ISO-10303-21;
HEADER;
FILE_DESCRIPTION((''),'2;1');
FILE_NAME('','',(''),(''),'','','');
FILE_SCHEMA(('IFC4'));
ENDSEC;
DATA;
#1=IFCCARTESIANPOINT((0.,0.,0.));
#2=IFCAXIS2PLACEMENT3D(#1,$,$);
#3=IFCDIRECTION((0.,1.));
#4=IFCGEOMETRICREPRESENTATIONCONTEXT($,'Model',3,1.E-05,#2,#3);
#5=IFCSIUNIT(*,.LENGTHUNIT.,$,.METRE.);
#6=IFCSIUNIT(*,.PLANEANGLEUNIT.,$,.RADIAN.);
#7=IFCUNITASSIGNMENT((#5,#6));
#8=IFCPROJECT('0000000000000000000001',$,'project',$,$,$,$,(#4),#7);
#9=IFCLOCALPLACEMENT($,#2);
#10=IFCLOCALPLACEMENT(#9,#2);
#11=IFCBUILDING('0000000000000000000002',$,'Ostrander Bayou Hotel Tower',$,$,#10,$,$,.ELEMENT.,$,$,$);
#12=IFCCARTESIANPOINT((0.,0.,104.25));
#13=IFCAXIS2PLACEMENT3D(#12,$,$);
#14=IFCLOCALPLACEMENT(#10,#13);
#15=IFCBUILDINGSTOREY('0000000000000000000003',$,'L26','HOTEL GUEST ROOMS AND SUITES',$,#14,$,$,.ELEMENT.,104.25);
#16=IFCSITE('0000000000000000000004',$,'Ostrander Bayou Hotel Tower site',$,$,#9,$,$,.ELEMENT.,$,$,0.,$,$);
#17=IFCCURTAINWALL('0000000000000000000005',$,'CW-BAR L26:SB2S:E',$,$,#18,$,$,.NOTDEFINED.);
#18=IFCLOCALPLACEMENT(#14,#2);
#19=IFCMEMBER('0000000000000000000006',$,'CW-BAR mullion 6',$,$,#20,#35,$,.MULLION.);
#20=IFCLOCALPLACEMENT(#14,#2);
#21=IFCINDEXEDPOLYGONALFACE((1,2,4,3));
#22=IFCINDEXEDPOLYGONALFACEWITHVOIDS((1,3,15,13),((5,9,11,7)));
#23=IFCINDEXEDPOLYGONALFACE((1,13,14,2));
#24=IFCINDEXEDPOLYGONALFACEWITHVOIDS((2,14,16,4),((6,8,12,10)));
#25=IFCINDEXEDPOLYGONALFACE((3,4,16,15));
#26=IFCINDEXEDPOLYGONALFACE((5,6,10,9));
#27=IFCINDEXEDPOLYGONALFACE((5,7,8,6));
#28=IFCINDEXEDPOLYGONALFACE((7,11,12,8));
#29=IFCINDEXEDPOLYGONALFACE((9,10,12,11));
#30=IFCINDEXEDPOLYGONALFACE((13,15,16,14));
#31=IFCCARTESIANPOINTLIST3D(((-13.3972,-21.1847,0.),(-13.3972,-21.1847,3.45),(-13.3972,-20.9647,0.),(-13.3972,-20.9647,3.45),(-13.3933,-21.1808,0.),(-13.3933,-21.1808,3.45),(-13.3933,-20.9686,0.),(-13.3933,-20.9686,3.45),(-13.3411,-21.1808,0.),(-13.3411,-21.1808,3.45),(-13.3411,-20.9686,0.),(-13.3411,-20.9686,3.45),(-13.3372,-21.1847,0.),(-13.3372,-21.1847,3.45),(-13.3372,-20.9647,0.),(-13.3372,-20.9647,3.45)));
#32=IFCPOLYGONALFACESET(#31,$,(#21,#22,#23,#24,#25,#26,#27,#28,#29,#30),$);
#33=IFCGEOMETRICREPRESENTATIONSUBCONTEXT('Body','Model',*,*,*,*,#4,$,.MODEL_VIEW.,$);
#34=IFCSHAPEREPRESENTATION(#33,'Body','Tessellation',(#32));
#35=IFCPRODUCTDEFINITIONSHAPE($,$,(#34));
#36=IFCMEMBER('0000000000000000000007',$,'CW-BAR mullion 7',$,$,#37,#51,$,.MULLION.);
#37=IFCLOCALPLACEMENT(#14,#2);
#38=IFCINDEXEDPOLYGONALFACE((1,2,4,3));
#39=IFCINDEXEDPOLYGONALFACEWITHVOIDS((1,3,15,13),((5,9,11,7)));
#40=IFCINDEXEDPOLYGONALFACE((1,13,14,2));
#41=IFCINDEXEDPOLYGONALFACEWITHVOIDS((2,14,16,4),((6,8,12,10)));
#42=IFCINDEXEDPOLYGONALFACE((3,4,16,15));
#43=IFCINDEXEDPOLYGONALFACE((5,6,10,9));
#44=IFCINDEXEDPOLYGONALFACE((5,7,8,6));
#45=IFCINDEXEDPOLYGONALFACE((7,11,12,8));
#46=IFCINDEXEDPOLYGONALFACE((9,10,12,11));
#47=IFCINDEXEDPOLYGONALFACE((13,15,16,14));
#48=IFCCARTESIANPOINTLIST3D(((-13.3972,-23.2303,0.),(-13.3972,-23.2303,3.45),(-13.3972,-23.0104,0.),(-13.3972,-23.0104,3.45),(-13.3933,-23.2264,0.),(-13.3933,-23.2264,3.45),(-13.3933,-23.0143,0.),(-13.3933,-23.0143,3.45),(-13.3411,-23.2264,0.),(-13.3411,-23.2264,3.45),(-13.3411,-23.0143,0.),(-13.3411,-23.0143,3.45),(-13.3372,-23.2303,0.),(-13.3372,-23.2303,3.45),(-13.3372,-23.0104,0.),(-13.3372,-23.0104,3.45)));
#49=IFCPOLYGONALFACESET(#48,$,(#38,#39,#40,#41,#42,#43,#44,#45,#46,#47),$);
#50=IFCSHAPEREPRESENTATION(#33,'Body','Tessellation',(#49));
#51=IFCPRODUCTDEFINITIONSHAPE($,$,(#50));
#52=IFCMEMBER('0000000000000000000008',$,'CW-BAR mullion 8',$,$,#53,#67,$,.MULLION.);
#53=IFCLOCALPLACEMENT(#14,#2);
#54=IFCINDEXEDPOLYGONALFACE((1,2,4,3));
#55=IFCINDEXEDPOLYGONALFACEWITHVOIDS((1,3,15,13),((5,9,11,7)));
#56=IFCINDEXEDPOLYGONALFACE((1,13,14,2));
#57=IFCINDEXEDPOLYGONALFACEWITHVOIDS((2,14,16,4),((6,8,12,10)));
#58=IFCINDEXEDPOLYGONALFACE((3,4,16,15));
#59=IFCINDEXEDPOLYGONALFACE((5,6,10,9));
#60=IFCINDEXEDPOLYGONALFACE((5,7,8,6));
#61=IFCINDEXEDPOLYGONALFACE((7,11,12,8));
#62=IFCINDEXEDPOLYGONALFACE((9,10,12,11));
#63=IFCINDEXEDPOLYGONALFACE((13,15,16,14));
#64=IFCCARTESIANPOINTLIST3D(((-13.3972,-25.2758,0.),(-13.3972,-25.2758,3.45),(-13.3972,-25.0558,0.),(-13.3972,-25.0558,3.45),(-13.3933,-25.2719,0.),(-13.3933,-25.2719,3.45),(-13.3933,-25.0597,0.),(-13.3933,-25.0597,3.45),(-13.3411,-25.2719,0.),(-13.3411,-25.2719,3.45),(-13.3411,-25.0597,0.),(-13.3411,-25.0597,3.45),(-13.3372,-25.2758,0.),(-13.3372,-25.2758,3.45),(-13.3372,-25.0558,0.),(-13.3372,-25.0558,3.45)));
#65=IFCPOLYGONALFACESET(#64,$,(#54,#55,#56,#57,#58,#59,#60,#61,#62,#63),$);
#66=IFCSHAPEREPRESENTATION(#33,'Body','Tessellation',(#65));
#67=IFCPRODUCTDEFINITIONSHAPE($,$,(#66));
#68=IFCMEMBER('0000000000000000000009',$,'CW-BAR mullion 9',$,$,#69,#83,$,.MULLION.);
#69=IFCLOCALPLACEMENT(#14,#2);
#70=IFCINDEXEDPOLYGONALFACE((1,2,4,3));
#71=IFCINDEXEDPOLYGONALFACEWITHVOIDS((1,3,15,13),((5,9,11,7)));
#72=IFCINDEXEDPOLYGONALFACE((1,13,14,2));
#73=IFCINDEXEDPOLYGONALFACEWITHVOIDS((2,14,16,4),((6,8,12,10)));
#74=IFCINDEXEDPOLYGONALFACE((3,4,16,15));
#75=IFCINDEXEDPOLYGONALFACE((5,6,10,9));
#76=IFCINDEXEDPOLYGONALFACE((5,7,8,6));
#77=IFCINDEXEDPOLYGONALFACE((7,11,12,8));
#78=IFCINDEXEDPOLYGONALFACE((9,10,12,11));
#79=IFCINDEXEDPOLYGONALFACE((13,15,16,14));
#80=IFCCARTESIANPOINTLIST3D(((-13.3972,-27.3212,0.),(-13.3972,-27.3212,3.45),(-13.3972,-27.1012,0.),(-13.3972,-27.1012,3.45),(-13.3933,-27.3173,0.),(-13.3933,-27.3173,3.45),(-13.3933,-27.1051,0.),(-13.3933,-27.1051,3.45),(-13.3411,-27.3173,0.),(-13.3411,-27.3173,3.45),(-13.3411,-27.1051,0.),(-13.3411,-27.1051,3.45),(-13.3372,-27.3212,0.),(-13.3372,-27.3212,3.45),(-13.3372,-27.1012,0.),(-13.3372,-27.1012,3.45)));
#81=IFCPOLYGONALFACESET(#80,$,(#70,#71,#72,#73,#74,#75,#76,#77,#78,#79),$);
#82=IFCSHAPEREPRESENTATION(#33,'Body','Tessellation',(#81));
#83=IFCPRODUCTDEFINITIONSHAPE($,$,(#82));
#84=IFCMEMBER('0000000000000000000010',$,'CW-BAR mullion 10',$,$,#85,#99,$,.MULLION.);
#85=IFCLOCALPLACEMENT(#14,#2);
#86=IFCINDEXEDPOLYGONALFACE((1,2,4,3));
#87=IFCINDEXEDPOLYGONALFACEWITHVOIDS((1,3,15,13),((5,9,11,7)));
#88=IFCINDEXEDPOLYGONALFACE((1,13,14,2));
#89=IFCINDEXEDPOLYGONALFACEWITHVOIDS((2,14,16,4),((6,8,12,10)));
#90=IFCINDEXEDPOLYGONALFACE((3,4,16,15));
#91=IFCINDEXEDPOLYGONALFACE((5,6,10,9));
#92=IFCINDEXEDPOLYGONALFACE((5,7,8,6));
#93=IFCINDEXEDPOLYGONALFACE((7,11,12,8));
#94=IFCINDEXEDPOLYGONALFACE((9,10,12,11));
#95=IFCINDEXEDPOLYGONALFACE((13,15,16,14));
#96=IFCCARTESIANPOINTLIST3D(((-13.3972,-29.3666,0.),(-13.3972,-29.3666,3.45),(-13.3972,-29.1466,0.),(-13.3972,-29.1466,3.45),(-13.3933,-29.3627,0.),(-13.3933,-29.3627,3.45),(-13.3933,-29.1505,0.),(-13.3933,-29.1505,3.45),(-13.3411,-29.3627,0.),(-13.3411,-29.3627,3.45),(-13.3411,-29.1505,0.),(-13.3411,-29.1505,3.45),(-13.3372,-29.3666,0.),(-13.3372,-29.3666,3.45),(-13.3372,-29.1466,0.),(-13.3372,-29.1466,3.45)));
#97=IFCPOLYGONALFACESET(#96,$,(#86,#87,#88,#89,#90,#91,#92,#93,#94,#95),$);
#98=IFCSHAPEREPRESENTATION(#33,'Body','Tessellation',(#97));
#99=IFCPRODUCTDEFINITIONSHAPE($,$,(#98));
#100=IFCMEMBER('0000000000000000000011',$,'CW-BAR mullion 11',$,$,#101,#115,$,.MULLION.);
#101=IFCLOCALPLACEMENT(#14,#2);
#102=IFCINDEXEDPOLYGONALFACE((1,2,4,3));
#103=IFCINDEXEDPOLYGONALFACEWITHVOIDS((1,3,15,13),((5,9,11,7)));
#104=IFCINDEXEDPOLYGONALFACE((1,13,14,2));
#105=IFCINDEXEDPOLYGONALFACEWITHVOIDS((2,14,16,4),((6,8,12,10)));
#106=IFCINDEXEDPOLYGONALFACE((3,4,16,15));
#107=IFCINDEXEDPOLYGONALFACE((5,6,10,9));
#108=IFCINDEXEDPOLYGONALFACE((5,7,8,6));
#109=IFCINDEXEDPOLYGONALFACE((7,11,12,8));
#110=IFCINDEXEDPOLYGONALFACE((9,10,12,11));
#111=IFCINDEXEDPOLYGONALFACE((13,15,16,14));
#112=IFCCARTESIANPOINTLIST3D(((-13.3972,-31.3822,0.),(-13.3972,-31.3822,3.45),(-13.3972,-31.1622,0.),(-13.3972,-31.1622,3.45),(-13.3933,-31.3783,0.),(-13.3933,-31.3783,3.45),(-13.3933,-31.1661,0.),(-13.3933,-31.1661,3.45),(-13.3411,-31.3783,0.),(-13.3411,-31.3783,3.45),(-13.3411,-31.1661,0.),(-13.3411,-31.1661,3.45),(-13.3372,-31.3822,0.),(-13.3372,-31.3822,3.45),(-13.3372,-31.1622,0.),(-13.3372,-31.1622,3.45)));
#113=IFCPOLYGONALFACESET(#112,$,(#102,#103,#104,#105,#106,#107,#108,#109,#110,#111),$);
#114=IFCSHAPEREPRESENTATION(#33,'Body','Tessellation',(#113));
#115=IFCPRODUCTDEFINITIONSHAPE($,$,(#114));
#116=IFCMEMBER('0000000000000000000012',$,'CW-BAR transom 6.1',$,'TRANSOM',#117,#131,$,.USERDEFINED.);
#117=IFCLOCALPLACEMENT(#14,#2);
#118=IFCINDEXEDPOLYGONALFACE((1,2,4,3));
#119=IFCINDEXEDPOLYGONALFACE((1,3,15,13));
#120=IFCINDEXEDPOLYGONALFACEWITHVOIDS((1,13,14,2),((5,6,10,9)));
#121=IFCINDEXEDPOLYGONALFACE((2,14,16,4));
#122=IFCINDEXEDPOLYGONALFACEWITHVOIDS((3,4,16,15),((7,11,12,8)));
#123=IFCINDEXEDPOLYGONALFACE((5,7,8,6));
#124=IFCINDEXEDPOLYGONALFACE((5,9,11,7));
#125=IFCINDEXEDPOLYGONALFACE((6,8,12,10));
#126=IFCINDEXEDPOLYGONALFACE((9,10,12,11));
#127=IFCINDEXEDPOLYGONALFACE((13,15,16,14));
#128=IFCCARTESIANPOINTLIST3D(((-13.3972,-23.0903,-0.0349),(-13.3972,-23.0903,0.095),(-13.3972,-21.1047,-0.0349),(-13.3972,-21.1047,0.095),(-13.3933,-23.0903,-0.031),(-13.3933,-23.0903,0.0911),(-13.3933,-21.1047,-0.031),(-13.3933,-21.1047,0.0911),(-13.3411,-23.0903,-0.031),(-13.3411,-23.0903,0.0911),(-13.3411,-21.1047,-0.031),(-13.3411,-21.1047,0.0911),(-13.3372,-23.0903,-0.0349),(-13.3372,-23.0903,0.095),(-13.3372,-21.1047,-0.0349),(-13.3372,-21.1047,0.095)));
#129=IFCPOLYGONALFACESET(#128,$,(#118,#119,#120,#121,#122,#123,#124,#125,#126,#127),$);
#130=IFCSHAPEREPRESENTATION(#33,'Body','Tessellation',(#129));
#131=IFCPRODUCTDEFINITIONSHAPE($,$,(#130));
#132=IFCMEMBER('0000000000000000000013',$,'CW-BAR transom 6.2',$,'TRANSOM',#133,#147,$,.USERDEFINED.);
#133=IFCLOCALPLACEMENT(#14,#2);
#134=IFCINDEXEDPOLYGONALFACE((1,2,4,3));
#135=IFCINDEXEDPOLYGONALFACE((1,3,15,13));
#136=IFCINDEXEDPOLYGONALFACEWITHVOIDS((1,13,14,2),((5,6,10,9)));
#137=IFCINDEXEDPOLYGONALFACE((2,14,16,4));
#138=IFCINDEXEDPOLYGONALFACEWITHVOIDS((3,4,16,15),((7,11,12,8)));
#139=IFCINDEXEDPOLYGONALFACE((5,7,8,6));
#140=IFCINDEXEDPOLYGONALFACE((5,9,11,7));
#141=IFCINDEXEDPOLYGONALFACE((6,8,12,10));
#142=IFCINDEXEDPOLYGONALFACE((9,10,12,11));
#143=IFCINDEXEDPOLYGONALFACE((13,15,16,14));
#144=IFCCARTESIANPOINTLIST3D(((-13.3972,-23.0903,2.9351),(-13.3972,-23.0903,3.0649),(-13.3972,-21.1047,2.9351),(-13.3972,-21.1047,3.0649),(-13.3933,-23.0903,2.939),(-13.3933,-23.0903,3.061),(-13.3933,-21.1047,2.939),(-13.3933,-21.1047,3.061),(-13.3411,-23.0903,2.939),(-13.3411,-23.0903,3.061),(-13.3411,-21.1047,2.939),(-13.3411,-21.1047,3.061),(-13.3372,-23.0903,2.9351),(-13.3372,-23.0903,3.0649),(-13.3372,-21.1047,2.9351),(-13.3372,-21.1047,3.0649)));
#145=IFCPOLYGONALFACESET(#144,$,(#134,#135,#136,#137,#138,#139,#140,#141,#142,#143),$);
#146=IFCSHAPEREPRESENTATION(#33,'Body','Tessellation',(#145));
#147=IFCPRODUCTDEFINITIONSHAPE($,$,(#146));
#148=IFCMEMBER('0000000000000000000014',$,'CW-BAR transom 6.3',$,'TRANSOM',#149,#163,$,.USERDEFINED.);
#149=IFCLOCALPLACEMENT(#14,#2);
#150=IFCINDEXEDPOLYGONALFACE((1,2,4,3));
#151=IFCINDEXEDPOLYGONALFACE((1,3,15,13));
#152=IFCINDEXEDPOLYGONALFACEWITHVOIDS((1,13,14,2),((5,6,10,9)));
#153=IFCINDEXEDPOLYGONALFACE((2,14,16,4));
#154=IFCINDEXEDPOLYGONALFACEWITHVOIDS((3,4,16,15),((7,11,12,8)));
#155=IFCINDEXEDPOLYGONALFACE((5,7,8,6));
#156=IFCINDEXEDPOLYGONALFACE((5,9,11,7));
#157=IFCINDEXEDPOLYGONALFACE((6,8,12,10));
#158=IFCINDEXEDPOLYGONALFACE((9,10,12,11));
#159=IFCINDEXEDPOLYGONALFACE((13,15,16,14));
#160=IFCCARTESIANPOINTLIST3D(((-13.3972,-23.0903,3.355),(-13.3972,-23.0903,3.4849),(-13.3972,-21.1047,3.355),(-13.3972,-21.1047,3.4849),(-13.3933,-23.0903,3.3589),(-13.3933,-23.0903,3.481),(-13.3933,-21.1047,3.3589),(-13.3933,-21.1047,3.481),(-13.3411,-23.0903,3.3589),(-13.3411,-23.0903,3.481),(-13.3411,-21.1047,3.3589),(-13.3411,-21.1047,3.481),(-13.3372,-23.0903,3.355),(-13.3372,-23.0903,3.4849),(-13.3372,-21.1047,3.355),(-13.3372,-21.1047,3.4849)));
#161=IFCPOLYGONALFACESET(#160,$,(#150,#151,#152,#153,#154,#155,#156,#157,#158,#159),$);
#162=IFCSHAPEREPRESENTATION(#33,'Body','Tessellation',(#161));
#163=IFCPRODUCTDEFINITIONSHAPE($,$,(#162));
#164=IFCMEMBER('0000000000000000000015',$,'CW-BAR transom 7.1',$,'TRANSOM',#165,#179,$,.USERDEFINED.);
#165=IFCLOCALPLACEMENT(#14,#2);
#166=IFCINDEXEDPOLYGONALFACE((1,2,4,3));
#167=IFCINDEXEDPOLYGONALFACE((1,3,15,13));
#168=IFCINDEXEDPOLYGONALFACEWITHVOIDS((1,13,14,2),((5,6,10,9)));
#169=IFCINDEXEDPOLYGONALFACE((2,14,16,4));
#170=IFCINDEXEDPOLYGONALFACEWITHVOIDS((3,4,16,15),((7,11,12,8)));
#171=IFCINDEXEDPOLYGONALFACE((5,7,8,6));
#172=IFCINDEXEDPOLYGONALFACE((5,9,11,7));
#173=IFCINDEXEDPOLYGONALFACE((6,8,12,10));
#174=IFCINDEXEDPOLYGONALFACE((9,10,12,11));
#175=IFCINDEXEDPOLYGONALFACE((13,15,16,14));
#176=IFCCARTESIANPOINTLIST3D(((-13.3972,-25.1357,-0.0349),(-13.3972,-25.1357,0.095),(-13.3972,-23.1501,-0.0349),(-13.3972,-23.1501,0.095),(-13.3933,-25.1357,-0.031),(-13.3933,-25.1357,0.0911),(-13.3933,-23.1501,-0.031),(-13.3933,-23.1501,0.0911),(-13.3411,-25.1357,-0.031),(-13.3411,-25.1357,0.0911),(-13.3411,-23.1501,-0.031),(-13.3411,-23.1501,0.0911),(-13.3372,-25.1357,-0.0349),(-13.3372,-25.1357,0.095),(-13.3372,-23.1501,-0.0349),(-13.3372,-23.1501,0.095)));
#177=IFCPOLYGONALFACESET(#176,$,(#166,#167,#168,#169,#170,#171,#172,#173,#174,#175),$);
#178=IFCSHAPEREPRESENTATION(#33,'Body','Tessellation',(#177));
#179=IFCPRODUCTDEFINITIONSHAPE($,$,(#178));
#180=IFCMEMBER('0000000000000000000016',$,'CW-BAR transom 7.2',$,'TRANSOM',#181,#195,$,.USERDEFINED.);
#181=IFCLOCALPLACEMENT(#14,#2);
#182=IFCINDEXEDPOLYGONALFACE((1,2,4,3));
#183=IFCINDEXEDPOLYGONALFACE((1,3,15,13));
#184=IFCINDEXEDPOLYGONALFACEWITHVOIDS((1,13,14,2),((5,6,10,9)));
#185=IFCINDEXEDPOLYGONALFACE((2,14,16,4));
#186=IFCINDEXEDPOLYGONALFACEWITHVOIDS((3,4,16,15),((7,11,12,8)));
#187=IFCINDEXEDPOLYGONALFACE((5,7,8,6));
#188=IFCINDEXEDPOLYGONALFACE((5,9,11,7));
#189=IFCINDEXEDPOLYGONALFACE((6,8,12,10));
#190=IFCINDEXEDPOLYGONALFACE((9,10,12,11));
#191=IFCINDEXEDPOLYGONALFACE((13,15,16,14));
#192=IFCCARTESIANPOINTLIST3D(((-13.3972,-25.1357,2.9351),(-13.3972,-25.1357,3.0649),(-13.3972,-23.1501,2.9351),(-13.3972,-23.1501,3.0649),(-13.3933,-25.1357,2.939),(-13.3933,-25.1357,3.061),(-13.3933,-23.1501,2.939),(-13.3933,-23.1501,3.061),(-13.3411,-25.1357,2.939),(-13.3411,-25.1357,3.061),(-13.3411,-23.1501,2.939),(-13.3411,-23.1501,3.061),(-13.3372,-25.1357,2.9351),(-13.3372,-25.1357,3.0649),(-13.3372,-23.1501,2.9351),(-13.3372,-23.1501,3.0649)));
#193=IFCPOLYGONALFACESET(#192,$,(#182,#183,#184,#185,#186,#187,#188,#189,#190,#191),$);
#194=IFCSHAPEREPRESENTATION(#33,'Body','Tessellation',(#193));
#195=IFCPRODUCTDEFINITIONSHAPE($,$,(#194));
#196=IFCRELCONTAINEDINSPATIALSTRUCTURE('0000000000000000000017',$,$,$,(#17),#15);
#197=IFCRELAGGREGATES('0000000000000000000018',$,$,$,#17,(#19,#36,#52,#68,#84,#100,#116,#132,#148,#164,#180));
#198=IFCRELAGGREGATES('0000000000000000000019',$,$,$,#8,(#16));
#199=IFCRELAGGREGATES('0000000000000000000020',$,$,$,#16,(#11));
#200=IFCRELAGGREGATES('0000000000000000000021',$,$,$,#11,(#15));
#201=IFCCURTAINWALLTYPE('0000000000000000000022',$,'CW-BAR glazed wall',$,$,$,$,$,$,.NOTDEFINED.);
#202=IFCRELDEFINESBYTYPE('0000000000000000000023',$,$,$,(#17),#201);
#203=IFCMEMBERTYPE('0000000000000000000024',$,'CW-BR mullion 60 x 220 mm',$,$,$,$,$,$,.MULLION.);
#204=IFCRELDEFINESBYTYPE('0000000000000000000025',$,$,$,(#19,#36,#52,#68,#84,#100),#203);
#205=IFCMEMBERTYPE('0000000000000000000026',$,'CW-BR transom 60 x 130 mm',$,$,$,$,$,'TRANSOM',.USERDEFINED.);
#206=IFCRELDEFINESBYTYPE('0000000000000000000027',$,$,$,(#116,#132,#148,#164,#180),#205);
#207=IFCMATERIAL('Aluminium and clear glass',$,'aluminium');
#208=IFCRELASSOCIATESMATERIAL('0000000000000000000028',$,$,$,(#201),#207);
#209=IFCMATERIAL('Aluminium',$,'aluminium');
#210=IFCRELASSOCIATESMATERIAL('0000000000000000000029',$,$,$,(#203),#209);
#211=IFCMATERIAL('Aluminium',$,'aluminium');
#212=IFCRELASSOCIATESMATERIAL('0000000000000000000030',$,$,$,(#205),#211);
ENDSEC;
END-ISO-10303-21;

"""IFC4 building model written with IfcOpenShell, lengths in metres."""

from ifc_helpers import new_model, si_unit, direction, frame, origin, origin_2d, place, context, subcontext, project, spatial, hollow_rectangle, extrude, material, material_profile, profile_set, type_object, element, aggregate, save


model = new_model("IFC4")

# Units and contexts
model_context = context("Model", 3, precision=1e-05, world=origin(), true_north=direction((0.0, 1.0)))
body_context = subcontext(model_context, "Body", "Model", "MODEL_VIEW")
ifc_project = project(units=[si_unit("LENGTHUNIT", "METRE"), si_unit("PLANEANGLEUNIT", "RADIAN")], contexts=[model_context])

# Site, building, storey
site_placement = place(None, origin())
site = spatial("IfcSite", under=ifc_project, at=site_placement, Name="Ostrander Bayou Hotel Tower site", CompositionType="ELEMENT", RefElevation=0.0)
building_placement = place(site_placement, origin())
building = spatial("IfcBuilding", under=site, at=building_placement, Name="Ostrander Bayou Hotel Tower", CompositionType="ELEMENT")
storey_placement = place(building_placement, frame((0.0, 0.0, 104.25)))
storey = spatial("IfcBuildingStorey", under=building, at=storey_placement, Name="L26", Description="HOTEL GUEST ROOMS AND SUITES", CompositionType="ELEMENT", Elevation=104.25)

# Curtain wall, members
ifc_material_1 = material(Name="Aluminium and clear glass", Category="aluminium")
curtain_wall_type = type_object("IfcCurtainWallType", Name="CW-BAR glazed wall", PredefinedType="NOTDEFINED", material=ifc_material_1)
curtain_wall_placement = place(storey_placement, origin())
curtain_wall = element("IfcCurtainWall", 1, at=curtain_wall_placement, inside=storey, type_object=curtain_wall_type, Name="CW-BAR L26:SB2S:E", PredefinedType="NOTDEFINED")
ifc_material_2 = material(Name="Aluminium", Category="aluminium")
ifc_material_profile_1 = material_profile(ifc_material_2, hollow_rectangle(XDim=0.0601, YDim=0.22, WallThickness=0.0039, at=origin_2d()))
ifc_profile_set_1 = profile_set([ifc_material_profile_1], Name="Aluminium")
member_type_1 = type_object("IfcMemberType", Name="CW-BR mullion 60 x 220 mm", PredefinedType="MULLION", material=ifc_profile_set_1)
member_1_placement = place(storey_placement, frame((-13.3672, -21.0747, 0.0), z_axis=(0.0, 0.0, 1.0), x_axis=(1.0, 0.0, 0.0)))
member_1 = element("IfcMember", 2, at=member_1_placement, type_object=member_type_1, Name="CW-BAR mullion 6", PredefinedType="MULLION", context=body_context, shape_type="SweptSolid", body=[
    extrude(hollow_rectangle(XDim=0.0601, YDim=0.22, WallThickness=0.0039, at=origin_2d()), origin(), (0.0, 0.0, 1.0), 3.45),
])
member_2_placement = place(storey_placement, frame((-13.3672, -23.1204, 0.0), z_axis=(0.0, 0.0, 1.0), x_axis=(1.0, 0.0, 0.0)))
member_2 = element("IfcMember", 3, at=member_2_placement, type_object=member_type_1, Name="CW-BAR mullion 7", PredefinedType="MULLION", context=body_context, shape_type="SweptSolid", body=[
    extrude(hollow_rectangle(XDim=0.0601, YDim=0.22, WallThickness=0.0039, at=origin_2d()), origin(), (0.0, 0.0, 1.0), 3.45),
])
member_3_placement = place(storey_placement, frame((-13.3672, -25.1658, 0.0), z_axis=(0.0, 0.0, 1.0), x_axis=(1.0, 0.0, 0.0)))
member_3 = element("IfcMember", 4, at=member_3_placement, type_object=member_type_1, Name="CW-BAR mullion 8", PredefinedType="MULLION", context=body_context, shape_type="SweptSolid", body=[
    extrude(hollow_rectangle(XDim=0.0601, YDim=0.22, WallThickness=0.0039, at=origin_2d()), origin(), (0.0, 0.0, 1.0), 3.45),
])
member_4_placement = place(storey_placement, frame((-13.3672, -27.2112, 0.0), z_axis=(0.0, 0.0, 1.0), x_axis=(1.0, 0.0, 0.0)))
member_4 = element("IfcMember", 5, at=member_4_placement, type_object=member_type_1, Name="CW-BAR mullion 9", PredefinedType="MULLION", context=body_context, shape_type="SweptSolid", body=[
    extrude(hollow_rectangle(XDim=0.0601, YDim=0.22, WallThickness=0.0039, at=origin_2d()), origin(), (0.0, 0.0, 1.0), 3.45),
])
member_5_placement = place(storey_placement, frame((-13.3672, -29.2566, 0.0), z_axis=(0.0, 0.0, 1.0), x_axis=(1.0, 0.0, 0.0)))
member_5 = element("IfcMember", 6, at=member_5_placement, type_object=member_type_1, Name="CW-BAR mullion 10", PredefinedType="MULLION", context=body_context, shape_type="SweptSolid", body=[
    extrude(hollow_rectangle(XDim=0.0601, YDim=0.22, WallThickness=0.0039, at=origin_2d()), origin(), (0.0, 0.0, 1.0), 3.45),
])
member_6_placement = place(storey_placement, frame((-13.3672, -31.2722, 0.0), z_axis=(0.0, 0.0, 1.0), x_axis=(1.0, 0.0, 0.0)))
member_6 = element("IfcMember", 7, at=member_6_placement, type_object=member_type_1, Name="CW-BAR mullion 11", PredefinedType="MULLION", context=body_context, shape_type="SweptSolid", body=[
    extrude(hollow_rectangle(XDim=0.0601, YDim=0.22, WallThickness=0.0039, at=origin_2d()), origin(), (0.0, 0.0, 1.0), 3.45),
])
ifc_material_3 = material(Name="Aluminium", Category="aluminium")
ifc_material_profile_2 = material_profile(ifc_material_3, hollow_rectangle(XDim=0.0601, YDim=0.1299, WallThickness=0.0039, at=origin_2d()))
ifc_profile_set_2 = profile_set([ifc_material_profile_2], Name="Aluminium")
member_type_2 = type_object("IfcMemberType", Name="CW-BR transom 60 x 130 mm", ElementType="TRANSOM", PredefinedType="USERDEFINED", material=ifc_profile_set_2)
member_7_placement = place(storey_placement, frame((-13.3672, -21.1047, 0.03), z_axis=(0.0, -1.0, 0.0), x_axis=(1.0, 0.0, 0.0)))
member_7 = element("IfcMember", 8, at=member_7_placement, type_object=member_type_2, Name="CW-BAR transom 6.1", ObjectType="TRANSOM", PredefinedType="USERDEFINED", context=body_context, shape_type="SweptSolid", body=[
    extrude(hollow_rectangle(XDim=0.0601, YDim=0.1299, WallThickness=0.0039, at=origin_2d()), origin(), (0.0, 0.0, 1.0), 1.9856),
])
member_8_placement = place(storey_placement, frame((-13.3672, -21.1047, 3.0), z_axis=(0.0, -1.0, 0.0), x_axis=(1.0, 0.0, 0.0)))
member_8 = element("IfcMember", 9, at=member_8_placement, type_object=member_type_2, Name="CW-BAR transom 6.2", ObjectType="TRANSOM", PredefinedType="USERDEFINED", context=body_context, shape_type="SweptSolid", body=[
    extrude(hollow_rectangle(XDim=0.0601, YDim=0.1299, WallThickness=0.0039, at=origin_2d()), origin(), (0.0, 0.0, 1.0), 1.9856),
])
member_9_placement = place(storey_placement, frame((-13.3672, -21.1047, 3.4199), z_axis=(0.0, -1.0, 0.0), x_axis=(1.0, 0.0, 0.0)))
member_9 = element("IfcMember", 10, at=member_9_placement, type_object=member_type_2, Name="CW-BAR transom 6.3", ObjectType="TRANSOM", PredefinedType="USERDEFINED", context=body_context, shape_type="SweptSolid", body=[
    extrude(hollow_rectangle(XDim=0.0601, YDim=0.1299, WallThickness=0.0039, at=origin_2d()), origin(), (0.0, 0.0, 1.0), 1.9856),
])
member_10_placement = place(storey_placement, frame((-13.3672, -23.1501, 0.03), z_axis=(0.0, -1.0, 0.0), x_axis=(1.0, 0.0, 0.0)))
member_10 = element("IfcMember", 11, at=member_10_placement, type_object=member_type_2, Name="CW-BAR transom 7.1", ObjectType="TRANSOM", PredefinedType="USERDEFINED", context=body_context, shape_type="SweptSolid", body=[
    extrude(hollow_rectangle(XDim=0.0601, YDim=0.1299, WallThickness=0.0039, at=origin_2d()), origin(), (0.0, 0.0, 1.0), 1.9856),
])
member_11_placement = place(storey_placement, frame((-13.3672, -23.1501, 3.0), z_axis=(0.0, -1.0, 0.0), x_axis=(1.0, 0.0, 0.0)))
member_11 = element("IfcMember", 12, at=member_11_placement, type_object=member_type_2, Name="CW-BAR transom 7.2", ObjectType="TRANSOM", PredefinedType="USERDEFINED", context=body_context, shape_type="SweptSolid", body=[
    extrude(hollow_rectangle(XDim=0.0601, YDim=0.1299, WallThickness=0.0039, at=origin_2d()), origin(), (0.0, 0.0, 1.0), 1.9856),
])

aggregate(curtain_wall, [member_1, member_2, member_3, member_4, member_5, member_6, member_7, member_8, member_9, member_10, member_11])

save(model, "model.ifc")
